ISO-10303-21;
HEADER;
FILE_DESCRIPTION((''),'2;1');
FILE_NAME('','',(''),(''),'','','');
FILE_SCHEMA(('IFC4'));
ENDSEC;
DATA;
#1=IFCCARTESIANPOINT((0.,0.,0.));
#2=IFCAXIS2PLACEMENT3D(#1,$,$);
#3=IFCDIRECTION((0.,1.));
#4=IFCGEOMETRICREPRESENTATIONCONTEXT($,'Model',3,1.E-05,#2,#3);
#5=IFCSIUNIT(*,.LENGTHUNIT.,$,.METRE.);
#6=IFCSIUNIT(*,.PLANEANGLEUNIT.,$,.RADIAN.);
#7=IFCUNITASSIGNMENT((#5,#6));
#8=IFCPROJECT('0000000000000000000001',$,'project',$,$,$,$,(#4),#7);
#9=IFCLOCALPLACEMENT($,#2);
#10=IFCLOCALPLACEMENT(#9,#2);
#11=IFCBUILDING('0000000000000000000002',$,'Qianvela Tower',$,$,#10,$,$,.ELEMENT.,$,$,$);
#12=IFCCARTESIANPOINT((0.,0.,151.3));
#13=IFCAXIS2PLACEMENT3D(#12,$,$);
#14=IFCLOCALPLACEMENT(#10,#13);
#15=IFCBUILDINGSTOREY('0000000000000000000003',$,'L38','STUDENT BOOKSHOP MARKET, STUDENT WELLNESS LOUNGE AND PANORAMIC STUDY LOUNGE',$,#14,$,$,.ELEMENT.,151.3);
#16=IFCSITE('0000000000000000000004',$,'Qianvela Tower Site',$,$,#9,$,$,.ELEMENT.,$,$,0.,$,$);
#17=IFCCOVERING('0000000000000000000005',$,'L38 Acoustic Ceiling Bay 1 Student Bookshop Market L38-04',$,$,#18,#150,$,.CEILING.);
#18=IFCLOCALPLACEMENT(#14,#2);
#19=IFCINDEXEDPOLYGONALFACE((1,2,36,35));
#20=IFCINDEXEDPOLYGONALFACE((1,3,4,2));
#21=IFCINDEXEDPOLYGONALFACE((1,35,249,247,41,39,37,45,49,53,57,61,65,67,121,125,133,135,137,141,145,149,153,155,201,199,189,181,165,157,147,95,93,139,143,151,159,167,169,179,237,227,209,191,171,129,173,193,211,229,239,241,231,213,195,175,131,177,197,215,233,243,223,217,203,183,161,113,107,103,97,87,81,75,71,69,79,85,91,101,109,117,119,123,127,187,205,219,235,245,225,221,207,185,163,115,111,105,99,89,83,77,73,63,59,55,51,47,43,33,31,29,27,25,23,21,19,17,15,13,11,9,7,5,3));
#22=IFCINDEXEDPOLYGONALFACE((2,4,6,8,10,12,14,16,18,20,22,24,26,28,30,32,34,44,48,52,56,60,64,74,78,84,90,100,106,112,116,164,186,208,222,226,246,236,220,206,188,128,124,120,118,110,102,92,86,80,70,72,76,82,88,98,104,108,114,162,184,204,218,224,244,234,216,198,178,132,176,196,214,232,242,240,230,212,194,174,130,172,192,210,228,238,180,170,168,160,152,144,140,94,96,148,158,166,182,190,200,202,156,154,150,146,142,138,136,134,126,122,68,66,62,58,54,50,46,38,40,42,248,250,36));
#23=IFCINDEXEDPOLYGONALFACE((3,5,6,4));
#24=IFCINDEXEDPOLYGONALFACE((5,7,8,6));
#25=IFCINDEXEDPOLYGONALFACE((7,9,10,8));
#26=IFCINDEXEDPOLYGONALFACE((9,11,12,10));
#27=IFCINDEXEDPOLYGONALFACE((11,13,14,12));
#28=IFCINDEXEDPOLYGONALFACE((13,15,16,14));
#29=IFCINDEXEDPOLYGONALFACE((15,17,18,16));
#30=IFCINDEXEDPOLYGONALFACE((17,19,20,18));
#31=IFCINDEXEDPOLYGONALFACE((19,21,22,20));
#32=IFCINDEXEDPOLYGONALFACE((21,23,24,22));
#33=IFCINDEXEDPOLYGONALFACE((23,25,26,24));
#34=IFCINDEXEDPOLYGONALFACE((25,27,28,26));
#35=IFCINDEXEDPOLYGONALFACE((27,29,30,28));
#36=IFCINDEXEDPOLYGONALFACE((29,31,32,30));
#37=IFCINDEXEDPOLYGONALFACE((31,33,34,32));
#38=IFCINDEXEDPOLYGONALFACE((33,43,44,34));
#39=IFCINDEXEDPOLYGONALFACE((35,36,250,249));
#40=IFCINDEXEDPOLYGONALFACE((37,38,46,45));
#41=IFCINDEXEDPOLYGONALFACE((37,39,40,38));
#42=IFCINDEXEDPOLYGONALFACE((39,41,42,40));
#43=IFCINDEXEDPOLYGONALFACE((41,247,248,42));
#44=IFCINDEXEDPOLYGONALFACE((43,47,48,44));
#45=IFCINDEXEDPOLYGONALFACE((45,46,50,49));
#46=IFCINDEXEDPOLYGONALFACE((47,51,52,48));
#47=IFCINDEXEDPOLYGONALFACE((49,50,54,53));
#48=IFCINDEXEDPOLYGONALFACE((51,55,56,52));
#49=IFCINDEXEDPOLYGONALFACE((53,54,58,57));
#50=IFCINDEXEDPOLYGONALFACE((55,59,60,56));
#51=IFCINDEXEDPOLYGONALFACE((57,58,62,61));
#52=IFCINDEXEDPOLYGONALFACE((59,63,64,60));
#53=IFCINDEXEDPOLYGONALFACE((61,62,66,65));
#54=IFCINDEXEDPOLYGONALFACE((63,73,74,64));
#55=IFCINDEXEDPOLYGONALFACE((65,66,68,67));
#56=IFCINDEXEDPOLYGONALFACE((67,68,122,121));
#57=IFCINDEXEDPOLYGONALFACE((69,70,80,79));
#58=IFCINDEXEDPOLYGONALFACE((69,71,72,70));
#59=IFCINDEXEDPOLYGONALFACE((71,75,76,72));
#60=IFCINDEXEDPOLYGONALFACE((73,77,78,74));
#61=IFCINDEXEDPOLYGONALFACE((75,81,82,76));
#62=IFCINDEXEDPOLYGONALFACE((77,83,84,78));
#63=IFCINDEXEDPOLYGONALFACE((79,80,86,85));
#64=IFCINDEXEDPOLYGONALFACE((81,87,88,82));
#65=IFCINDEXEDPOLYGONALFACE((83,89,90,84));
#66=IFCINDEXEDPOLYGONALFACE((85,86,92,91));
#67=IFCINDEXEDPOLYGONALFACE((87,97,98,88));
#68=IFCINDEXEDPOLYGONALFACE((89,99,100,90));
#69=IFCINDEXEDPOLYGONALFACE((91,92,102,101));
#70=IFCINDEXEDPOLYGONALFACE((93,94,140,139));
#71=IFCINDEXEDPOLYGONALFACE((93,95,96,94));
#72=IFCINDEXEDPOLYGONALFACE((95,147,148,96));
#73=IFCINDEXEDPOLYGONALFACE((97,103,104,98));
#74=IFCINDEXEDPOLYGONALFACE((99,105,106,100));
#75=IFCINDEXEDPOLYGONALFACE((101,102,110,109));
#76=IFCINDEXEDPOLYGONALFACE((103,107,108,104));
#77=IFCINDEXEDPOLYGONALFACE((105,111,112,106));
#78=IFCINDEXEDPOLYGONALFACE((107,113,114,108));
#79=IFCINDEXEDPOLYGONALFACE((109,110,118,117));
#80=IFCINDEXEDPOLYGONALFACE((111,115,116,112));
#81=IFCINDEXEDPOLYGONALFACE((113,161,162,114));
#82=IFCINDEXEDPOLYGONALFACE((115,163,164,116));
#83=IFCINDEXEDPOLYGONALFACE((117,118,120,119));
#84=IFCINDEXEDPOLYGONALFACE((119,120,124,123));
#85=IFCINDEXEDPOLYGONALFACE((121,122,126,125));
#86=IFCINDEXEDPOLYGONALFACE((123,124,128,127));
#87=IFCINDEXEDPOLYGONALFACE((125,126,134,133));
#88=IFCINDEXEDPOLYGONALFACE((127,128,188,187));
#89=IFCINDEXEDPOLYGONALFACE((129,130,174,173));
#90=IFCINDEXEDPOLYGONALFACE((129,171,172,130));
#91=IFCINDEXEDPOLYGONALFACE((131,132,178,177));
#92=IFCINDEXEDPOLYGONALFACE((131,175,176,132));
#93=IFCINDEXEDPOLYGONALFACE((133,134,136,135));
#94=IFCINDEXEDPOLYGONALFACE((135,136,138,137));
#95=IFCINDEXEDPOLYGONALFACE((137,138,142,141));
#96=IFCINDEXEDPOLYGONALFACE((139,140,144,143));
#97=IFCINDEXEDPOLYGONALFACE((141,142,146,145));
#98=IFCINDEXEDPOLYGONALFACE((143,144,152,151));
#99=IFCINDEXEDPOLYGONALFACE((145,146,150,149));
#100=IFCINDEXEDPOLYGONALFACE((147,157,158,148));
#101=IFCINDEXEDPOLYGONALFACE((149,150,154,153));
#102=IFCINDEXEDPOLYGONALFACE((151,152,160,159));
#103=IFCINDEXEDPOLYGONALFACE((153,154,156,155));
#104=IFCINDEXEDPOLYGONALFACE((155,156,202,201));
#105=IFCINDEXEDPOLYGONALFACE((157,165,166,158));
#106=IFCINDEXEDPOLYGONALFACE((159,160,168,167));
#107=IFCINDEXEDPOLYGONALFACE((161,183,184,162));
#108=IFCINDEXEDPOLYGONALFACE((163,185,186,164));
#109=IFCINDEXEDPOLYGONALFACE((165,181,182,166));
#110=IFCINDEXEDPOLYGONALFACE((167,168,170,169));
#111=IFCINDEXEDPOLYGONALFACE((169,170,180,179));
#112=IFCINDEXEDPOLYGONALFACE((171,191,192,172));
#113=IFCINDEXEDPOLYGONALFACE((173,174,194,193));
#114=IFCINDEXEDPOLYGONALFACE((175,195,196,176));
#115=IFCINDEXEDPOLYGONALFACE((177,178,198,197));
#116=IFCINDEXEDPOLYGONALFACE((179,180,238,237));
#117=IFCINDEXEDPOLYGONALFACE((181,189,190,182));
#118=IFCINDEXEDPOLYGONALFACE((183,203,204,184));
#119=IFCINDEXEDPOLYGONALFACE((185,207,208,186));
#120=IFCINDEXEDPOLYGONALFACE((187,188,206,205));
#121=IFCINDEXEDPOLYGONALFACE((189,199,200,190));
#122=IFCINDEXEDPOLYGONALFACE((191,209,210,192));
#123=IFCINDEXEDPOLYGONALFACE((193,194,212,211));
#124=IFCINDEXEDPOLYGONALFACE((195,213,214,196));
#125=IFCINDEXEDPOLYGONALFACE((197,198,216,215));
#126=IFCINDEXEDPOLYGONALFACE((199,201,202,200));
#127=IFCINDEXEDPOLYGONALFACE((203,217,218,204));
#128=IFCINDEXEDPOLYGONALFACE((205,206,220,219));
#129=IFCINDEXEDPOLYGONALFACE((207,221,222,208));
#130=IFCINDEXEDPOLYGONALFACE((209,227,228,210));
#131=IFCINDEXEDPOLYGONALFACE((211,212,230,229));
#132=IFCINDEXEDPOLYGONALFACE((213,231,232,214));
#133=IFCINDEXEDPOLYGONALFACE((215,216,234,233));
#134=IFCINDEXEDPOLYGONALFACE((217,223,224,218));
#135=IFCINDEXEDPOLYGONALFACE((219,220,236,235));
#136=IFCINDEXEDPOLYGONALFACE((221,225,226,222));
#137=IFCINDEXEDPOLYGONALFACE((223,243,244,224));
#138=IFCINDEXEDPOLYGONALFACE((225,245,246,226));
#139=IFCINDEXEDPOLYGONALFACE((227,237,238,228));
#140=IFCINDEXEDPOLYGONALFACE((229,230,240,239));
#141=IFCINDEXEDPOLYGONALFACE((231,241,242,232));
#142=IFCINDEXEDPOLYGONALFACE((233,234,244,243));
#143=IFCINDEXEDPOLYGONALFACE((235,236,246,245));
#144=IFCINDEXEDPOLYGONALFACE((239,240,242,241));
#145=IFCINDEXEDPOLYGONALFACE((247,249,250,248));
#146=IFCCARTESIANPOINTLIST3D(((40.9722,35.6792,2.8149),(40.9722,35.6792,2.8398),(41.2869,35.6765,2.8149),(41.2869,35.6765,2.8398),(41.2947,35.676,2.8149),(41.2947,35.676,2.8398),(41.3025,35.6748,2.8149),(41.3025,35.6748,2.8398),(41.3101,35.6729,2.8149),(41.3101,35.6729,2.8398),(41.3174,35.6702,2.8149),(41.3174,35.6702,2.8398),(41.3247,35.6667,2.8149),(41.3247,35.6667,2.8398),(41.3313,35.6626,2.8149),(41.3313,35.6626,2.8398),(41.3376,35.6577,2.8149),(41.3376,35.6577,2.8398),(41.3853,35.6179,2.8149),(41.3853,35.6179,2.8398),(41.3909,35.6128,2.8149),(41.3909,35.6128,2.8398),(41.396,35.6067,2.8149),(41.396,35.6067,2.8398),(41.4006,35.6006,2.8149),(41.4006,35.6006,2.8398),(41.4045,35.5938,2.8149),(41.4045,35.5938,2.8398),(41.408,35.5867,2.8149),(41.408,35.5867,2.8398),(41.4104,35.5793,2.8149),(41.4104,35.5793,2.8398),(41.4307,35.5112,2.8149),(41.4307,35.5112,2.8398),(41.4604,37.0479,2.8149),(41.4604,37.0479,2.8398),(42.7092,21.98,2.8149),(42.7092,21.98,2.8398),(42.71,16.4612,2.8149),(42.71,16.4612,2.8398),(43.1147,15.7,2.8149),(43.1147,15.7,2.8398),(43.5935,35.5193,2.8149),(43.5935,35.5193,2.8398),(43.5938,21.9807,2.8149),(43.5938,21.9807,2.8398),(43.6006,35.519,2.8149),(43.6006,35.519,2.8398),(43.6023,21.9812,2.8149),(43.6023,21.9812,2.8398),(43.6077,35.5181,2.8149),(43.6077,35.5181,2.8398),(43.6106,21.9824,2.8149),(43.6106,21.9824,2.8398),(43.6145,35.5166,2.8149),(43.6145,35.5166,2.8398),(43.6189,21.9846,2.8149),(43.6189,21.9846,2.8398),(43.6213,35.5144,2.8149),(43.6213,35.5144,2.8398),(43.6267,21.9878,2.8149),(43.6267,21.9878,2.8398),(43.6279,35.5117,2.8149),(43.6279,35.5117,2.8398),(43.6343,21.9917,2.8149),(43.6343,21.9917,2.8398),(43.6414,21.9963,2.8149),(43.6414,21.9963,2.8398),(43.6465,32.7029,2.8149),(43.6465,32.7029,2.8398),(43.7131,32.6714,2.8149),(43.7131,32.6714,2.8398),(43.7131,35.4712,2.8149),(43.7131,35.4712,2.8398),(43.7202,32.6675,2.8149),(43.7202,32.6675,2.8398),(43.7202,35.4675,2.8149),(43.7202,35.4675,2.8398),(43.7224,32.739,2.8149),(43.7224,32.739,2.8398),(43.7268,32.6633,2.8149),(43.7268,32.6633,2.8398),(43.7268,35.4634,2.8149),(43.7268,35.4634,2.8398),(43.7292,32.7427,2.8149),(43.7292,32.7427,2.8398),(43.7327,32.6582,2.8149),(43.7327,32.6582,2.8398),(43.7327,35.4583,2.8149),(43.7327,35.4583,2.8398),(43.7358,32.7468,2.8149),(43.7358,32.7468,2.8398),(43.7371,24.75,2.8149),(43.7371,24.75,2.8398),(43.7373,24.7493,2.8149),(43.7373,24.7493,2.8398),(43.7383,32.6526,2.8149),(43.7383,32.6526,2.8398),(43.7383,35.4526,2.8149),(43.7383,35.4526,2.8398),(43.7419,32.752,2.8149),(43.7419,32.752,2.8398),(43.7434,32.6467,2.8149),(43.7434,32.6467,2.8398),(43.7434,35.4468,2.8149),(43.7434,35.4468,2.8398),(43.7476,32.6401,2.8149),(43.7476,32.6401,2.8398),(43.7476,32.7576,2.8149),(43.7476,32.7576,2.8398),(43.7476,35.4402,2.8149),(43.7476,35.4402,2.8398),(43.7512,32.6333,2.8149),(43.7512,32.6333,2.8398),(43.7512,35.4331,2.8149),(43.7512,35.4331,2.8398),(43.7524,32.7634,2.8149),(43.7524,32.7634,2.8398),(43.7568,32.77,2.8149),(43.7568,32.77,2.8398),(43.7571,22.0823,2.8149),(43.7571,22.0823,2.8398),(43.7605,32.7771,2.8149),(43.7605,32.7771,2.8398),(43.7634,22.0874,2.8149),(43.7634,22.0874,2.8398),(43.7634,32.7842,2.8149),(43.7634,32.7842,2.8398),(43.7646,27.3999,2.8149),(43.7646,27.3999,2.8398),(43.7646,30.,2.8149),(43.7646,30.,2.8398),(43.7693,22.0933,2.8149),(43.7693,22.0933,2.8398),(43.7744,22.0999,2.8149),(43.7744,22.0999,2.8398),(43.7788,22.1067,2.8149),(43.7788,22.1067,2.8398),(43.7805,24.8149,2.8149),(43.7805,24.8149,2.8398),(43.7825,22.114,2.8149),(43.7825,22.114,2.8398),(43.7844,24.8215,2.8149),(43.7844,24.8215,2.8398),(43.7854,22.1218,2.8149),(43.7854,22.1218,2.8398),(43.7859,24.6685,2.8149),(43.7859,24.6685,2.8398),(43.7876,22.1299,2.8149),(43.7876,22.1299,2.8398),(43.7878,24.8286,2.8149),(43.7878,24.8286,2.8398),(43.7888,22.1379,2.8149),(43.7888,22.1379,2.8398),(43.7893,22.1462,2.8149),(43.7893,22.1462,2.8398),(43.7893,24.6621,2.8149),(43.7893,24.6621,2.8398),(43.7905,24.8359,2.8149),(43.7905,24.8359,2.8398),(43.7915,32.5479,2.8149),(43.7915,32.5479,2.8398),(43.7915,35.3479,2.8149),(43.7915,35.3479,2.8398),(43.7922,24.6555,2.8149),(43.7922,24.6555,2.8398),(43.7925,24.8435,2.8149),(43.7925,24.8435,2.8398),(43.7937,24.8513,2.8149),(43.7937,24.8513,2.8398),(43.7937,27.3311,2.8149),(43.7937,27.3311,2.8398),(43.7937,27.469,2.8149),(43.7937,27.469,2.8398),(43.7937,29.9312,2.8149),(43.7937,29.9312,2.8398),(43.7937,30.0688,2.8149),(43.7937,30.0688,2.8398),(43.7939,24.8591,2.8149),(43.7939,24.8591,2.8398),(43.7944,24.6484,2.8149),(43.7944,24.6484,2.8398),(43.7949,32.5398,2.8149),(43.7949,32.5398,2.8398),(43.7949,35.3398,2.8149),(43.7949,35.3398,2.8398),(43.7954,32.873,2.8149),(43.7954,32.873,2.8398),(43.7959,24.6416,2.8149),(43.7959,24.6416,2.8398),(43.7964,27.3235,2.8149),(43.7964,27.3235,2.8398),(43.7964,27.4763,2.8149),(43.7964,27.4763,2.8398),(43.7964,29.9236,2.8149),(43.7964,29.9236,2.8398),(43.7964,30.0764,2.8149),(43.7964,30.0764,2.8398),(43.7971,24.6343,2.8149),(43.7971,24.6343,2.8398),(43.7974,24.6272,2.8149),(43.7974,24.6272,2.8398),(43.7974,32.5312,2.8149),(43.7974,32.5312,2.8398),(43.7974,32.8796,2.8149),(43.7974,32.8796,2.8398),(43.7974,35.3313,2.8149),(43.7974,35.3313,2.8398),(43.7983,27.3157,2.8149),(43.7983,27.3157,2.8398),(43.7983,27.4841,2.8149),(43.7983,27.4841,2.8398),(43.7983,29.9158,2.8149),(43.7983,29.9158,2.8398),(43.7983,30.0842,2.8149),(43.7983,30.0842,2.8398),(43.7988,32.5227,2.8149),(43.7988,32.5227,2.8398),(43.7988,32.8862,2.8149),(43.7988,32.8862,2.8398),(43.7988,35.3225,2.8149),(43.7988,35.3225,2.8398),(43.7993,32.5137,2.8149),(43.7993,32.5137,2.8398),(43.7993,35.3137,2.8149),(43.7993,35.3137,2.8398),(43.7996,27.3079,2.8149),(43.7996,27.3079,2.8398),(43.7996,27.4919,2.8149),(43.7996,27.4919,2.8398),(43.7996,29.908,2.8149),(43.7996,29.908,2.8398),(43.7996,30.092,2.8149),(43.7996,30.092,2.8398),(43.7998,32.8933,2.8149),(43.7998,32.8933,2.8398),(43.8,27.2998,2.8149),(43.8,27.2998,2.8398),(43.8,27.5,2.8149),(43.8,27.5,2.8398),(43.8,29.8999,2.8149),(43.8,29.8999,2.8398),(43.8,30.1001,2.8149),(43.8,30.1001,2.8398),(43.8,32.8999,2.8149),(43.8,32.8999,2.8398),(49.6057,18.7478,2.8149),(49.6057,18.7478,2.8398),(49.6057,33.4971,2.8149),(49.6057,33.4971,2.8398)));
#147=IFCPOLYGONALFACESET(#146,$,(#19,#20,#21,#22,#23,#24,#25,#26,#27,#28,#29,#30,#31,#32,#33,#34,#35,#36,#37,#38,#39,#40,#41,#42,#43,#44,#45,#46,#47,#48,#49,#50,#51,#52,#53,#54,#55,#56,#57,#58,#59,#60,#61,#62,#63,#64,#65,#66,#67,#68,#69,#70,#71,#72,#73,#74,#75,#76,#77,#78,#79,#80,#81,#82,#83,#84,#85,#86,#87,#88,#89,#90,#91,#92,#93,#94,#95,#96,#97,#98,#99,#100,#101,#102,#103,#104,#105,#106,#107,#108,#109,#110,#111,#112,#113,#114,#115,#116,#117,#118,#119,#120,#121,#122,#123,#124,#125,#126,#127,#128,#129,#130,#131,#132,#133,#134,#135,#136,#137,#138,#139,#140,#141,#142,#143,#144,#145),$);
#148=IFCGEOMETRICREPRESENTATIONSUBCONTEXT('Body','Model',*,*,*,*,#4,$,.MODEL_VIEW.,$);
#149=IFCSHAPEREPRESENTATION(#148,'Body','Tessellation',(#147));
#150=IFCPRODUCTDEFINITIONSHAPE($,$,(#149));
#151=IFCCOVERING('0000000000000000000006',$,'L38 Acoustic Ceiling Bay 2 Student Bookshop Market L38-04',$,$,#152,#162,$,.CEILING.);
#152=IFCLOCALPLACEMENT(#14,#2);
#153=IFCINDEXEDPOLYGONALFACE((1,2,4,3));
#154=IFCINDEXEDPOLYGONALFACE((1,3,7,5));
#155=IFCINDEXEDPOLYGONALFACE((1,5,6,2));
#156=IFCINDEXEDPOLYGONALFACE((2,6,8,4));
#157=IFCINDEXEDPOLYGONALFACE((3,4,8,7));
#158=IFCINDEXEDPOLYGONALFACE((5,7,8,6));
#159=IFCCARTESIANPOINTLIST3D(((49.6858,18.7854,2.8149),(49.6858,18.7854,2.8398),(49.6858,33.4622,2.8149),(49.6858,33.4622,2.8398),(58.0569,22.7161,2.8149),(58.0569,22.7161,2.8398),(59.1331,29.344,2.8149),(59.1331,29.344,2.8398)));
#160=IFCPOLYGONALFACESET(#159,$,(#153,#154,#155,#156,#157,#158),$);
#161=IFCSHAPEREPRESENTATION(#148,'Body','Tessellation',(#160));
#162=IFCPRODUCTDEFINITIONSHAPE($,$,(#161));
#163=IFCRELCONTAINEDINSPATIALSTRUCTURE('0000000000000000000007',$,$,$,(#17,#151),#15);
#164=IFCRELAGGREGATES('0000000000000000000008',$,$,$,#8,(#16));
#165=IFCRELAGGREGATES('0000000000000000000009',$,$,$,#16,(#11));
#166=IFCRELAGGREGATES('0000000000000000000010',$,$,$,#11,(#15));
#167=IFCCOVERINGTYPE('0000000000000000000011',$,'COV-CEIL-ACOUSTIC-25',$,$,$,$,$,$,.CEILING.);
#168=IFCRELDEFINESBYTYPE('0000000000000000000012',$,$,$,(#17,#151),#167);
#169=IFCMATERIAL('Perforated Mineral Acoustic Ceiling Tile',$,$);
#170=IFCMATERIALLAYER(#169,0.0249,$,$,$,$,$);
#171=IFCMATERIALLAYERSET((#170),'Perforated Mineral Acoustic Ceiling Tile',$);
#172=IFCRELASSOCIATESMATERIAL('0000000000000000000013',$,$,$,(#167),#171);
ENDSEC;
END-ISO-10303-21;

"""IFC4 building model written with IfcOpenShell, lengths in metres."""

from ifc_helpers import new_model, si_unit, direction, frame, origin, place, context, subcontext, project, spatial, polyline, outline, extrude, material, layer, layer_set, type_object, element, save


model = new_model("IFC4")

# Units and contexts
model_context = context("Model", 3, precision=1e-05, world=origin(), true_north=direction((0.0, 1.0)))
body_context = subcontext(model_context, "Body", "Model", "MODEL_VIEW")
ifc_project = project(units=[si_unit("LENGTHUNIT", "METRE"), si_unit("PLANEANGLEUNIT", "RADIAN")], contexts=[model_context])

# Site, building, storey
site_placement = place(None, origin())
site = spatial("IfcSite", under=ifc_project, at=site_placement, Name="Qianvela Tower Site", CompositionType="ELEMENT", RefElevation=0.0)
building_placement = place(site_placement, origin())
building = spatial("IfcBuilding", under=site, at=building_placement, Name="Qianvela Tower", CompositionType="ELEMENT")
storey_placement = place(building_placement, frame((0.0, 0.0, 151.3)))
storey = spatial("IfcBuildingStorey", under=building, at=storey_placement, Name="L38", Description="STUDENT BOOKSHOP MARKET, STUDENT WELLNESS LOUNGE AND PANORAMIC STUDY LOUNGE", CompositionType="ELEMENT", Elevation=151.3)

# Coverings
ifc_material_1 = material(Name="Perforated Mineral Acoustic Ceiling Tile")
ifc_layer_1 = layer(ifc_material_1, 0.0249)
ifc_layer_set_1 = layer_set([ifc_layer_1], Name="Perforated Mineral Acoustic Ceiling Tile")
covering_type_1 = type_object("IfcCoveringType", Name="COV-CEIL-ACOUSTIC-25", PredefinedType="CEILING", material=ifc_layer_set_1)
covering_1_placement = place(storey_placement, frame((0.0, 0.0, 2.8149)))
element("IfcCovering", 1, at=covering_1_placement, inside=storey, type_object=covering_type_1, Name="L38 Acoustic Ceiling Bay 1 Student Bookshop Market L38-04", PredefinedType="CEILING", context=body_context, shape_type="SweptSolid", body=[
    extrude(outline(polyline([(42.71, 16.4612), (42.7092, 21.98), (43.5938, 21.9807), (43.6023, 21.9812), (43.6106, 21.9824), (43.6189, 21.9846), (43.6267, 21.9878), (43.6343, 21.9917), (43.6414, 21.9963), (43.7571, 22.0823), (43.7634, 22.0874), (43.7693, 22.0933), (43.7744, 22.0999), (43.7788, 22.1067), (43.7825, 22.114), (43.7854, 22.1218), (43.7876, 22.1299), (43.7888, 22.1379), (43.7893, 22.1462), (43.7974, 24.6272), (43.7971, 24.6343), (43.7959, 24.6416), (43.7944, 24.6484), (43.7922, 24.6555), (43.7893, 24.6621), (43.7859, 24.6685), (43.7373, 24.7493), (43.7371, 24.75), (43.7805, 24.8149), (43.7844, 24.8215), (43.7878, 24.8286), (43.7905, 24.8359), (43.7925, 24.8435), (43.7937, 24.8513), (43.7939, 24.8591), (43.8, 27.2998), (43.7996, 27.3079), (43.7983, 27.3157), (43.7964, 27.3235), (43.7937, 27.3311), (43.7646, 27.3999), (43.7937, 27.469), (43.7964, 27.4763), (43.7983, 27.4841), (43.7996, 27.4919), (43.8, 27.5), (43.8, 29.8999), (43.7996, 29.908), (43.7983, 29.9158), (43.7964, 29.9236), (43.7937, 29.9312), (43.7646, 30.0), (43.7937, 30.0688), (43.7964, 30.0764), (43.7983, 30.0842), (43.7996, 30.092), (43.8, 30.1001), (43.7993, 32.5137), (43.7988, 32.5227), (43.7974, 32.5312), (43.7949, 32.5398), (43.7915, 32.5479), (43.7512, 32.6333), (43.7476, 32.6401), (43.7434, 32.6467), (43.7383, 32.6526), (43.7327, 32.6582), (43.7268, 32.6633), (43.7202, 32.6675), (43.7131, 32.6714), (43.6465, 32.7029), (43.7224, 32.739), (43.7292, 32.7427), (43.7358, 32.7468), (43.7419, 32.752), (43.7476, 32.7576), (43.7524, 32.7634), (43.7568, 32.77), (43.7605, 32.7771), (43.7634, 32.7842), (43.7954, 32.873), (43.7974, 32.8796), (43.7988, 32.8862), (43.7998, 32.8933), (43.8, 32.8999), (43.7993, 35.3137), (43.7988, 35.3225), (43.7974, 35.3313), (43.7949, 35.3398), (43.7915, 35.3479), (43.7512, 35.4331), (43.7476, 35.4402), (43.7434, 35.4468), (43.7383, 35.4526), (43.7327, 35.4583), (43.7268, 35.4634), (43.7202, 35.4675), (43.7131, 35.4712), (43.6279, 35.5117), (43.6213, 35.5144), (43.6145, 35.5166), (43.6077, 35.5181), (43.6006, 35.519), (43.5935, 35.5193), (41.4307, 35.5112), (41.4104, 35.5793), (41.408, 35.5867), (41.4045, 35.5938), (41.4006, 35.6006), (41.396, 35.6067), (41.3909, 35.6128), (41.3853, 35.6179), (41.3376, 35.6577), (41.3313, 35.6626), (41.3247, 35.6667), (41.3174, 35.6702), (41.3101, 35.6729), (41.3025, 35.6748), (41.2947, 35.676), (41.2869, 35.6765), (40.9722, 35.6792), (41.4604, 37.0479), (49.6057, 33.4971), (49.6057, 18.7478), (43.1147, 15.7), (42.71, 16.4612)])), origin(), (0.0, 0.0, 1.0), 0.0249),
])
covering_2_placement = place(storey_placement, frame((0.0, 0.0, 2.8149)))
element("IfcCovering", 2, at=covering_2_placement, inside=storey, type_object=covering_type_1, Name="L38 Acoustic Ceiling Bay 2 Student Bookshop Market L38-04", PredefinedType="CEILING", context=body_context, shape_type="SweptSolid", body=[
    extrude(outline(polyline([(59.1331, 29.344), (58.0569, 22.7161), (49.6858, 18.7854), (49.6858, 33.4622), (59.1331, 29.344)])), origin(), (0.0, 0.0, 1.0), 0.0249),
])

save(model, "model.ifc")
